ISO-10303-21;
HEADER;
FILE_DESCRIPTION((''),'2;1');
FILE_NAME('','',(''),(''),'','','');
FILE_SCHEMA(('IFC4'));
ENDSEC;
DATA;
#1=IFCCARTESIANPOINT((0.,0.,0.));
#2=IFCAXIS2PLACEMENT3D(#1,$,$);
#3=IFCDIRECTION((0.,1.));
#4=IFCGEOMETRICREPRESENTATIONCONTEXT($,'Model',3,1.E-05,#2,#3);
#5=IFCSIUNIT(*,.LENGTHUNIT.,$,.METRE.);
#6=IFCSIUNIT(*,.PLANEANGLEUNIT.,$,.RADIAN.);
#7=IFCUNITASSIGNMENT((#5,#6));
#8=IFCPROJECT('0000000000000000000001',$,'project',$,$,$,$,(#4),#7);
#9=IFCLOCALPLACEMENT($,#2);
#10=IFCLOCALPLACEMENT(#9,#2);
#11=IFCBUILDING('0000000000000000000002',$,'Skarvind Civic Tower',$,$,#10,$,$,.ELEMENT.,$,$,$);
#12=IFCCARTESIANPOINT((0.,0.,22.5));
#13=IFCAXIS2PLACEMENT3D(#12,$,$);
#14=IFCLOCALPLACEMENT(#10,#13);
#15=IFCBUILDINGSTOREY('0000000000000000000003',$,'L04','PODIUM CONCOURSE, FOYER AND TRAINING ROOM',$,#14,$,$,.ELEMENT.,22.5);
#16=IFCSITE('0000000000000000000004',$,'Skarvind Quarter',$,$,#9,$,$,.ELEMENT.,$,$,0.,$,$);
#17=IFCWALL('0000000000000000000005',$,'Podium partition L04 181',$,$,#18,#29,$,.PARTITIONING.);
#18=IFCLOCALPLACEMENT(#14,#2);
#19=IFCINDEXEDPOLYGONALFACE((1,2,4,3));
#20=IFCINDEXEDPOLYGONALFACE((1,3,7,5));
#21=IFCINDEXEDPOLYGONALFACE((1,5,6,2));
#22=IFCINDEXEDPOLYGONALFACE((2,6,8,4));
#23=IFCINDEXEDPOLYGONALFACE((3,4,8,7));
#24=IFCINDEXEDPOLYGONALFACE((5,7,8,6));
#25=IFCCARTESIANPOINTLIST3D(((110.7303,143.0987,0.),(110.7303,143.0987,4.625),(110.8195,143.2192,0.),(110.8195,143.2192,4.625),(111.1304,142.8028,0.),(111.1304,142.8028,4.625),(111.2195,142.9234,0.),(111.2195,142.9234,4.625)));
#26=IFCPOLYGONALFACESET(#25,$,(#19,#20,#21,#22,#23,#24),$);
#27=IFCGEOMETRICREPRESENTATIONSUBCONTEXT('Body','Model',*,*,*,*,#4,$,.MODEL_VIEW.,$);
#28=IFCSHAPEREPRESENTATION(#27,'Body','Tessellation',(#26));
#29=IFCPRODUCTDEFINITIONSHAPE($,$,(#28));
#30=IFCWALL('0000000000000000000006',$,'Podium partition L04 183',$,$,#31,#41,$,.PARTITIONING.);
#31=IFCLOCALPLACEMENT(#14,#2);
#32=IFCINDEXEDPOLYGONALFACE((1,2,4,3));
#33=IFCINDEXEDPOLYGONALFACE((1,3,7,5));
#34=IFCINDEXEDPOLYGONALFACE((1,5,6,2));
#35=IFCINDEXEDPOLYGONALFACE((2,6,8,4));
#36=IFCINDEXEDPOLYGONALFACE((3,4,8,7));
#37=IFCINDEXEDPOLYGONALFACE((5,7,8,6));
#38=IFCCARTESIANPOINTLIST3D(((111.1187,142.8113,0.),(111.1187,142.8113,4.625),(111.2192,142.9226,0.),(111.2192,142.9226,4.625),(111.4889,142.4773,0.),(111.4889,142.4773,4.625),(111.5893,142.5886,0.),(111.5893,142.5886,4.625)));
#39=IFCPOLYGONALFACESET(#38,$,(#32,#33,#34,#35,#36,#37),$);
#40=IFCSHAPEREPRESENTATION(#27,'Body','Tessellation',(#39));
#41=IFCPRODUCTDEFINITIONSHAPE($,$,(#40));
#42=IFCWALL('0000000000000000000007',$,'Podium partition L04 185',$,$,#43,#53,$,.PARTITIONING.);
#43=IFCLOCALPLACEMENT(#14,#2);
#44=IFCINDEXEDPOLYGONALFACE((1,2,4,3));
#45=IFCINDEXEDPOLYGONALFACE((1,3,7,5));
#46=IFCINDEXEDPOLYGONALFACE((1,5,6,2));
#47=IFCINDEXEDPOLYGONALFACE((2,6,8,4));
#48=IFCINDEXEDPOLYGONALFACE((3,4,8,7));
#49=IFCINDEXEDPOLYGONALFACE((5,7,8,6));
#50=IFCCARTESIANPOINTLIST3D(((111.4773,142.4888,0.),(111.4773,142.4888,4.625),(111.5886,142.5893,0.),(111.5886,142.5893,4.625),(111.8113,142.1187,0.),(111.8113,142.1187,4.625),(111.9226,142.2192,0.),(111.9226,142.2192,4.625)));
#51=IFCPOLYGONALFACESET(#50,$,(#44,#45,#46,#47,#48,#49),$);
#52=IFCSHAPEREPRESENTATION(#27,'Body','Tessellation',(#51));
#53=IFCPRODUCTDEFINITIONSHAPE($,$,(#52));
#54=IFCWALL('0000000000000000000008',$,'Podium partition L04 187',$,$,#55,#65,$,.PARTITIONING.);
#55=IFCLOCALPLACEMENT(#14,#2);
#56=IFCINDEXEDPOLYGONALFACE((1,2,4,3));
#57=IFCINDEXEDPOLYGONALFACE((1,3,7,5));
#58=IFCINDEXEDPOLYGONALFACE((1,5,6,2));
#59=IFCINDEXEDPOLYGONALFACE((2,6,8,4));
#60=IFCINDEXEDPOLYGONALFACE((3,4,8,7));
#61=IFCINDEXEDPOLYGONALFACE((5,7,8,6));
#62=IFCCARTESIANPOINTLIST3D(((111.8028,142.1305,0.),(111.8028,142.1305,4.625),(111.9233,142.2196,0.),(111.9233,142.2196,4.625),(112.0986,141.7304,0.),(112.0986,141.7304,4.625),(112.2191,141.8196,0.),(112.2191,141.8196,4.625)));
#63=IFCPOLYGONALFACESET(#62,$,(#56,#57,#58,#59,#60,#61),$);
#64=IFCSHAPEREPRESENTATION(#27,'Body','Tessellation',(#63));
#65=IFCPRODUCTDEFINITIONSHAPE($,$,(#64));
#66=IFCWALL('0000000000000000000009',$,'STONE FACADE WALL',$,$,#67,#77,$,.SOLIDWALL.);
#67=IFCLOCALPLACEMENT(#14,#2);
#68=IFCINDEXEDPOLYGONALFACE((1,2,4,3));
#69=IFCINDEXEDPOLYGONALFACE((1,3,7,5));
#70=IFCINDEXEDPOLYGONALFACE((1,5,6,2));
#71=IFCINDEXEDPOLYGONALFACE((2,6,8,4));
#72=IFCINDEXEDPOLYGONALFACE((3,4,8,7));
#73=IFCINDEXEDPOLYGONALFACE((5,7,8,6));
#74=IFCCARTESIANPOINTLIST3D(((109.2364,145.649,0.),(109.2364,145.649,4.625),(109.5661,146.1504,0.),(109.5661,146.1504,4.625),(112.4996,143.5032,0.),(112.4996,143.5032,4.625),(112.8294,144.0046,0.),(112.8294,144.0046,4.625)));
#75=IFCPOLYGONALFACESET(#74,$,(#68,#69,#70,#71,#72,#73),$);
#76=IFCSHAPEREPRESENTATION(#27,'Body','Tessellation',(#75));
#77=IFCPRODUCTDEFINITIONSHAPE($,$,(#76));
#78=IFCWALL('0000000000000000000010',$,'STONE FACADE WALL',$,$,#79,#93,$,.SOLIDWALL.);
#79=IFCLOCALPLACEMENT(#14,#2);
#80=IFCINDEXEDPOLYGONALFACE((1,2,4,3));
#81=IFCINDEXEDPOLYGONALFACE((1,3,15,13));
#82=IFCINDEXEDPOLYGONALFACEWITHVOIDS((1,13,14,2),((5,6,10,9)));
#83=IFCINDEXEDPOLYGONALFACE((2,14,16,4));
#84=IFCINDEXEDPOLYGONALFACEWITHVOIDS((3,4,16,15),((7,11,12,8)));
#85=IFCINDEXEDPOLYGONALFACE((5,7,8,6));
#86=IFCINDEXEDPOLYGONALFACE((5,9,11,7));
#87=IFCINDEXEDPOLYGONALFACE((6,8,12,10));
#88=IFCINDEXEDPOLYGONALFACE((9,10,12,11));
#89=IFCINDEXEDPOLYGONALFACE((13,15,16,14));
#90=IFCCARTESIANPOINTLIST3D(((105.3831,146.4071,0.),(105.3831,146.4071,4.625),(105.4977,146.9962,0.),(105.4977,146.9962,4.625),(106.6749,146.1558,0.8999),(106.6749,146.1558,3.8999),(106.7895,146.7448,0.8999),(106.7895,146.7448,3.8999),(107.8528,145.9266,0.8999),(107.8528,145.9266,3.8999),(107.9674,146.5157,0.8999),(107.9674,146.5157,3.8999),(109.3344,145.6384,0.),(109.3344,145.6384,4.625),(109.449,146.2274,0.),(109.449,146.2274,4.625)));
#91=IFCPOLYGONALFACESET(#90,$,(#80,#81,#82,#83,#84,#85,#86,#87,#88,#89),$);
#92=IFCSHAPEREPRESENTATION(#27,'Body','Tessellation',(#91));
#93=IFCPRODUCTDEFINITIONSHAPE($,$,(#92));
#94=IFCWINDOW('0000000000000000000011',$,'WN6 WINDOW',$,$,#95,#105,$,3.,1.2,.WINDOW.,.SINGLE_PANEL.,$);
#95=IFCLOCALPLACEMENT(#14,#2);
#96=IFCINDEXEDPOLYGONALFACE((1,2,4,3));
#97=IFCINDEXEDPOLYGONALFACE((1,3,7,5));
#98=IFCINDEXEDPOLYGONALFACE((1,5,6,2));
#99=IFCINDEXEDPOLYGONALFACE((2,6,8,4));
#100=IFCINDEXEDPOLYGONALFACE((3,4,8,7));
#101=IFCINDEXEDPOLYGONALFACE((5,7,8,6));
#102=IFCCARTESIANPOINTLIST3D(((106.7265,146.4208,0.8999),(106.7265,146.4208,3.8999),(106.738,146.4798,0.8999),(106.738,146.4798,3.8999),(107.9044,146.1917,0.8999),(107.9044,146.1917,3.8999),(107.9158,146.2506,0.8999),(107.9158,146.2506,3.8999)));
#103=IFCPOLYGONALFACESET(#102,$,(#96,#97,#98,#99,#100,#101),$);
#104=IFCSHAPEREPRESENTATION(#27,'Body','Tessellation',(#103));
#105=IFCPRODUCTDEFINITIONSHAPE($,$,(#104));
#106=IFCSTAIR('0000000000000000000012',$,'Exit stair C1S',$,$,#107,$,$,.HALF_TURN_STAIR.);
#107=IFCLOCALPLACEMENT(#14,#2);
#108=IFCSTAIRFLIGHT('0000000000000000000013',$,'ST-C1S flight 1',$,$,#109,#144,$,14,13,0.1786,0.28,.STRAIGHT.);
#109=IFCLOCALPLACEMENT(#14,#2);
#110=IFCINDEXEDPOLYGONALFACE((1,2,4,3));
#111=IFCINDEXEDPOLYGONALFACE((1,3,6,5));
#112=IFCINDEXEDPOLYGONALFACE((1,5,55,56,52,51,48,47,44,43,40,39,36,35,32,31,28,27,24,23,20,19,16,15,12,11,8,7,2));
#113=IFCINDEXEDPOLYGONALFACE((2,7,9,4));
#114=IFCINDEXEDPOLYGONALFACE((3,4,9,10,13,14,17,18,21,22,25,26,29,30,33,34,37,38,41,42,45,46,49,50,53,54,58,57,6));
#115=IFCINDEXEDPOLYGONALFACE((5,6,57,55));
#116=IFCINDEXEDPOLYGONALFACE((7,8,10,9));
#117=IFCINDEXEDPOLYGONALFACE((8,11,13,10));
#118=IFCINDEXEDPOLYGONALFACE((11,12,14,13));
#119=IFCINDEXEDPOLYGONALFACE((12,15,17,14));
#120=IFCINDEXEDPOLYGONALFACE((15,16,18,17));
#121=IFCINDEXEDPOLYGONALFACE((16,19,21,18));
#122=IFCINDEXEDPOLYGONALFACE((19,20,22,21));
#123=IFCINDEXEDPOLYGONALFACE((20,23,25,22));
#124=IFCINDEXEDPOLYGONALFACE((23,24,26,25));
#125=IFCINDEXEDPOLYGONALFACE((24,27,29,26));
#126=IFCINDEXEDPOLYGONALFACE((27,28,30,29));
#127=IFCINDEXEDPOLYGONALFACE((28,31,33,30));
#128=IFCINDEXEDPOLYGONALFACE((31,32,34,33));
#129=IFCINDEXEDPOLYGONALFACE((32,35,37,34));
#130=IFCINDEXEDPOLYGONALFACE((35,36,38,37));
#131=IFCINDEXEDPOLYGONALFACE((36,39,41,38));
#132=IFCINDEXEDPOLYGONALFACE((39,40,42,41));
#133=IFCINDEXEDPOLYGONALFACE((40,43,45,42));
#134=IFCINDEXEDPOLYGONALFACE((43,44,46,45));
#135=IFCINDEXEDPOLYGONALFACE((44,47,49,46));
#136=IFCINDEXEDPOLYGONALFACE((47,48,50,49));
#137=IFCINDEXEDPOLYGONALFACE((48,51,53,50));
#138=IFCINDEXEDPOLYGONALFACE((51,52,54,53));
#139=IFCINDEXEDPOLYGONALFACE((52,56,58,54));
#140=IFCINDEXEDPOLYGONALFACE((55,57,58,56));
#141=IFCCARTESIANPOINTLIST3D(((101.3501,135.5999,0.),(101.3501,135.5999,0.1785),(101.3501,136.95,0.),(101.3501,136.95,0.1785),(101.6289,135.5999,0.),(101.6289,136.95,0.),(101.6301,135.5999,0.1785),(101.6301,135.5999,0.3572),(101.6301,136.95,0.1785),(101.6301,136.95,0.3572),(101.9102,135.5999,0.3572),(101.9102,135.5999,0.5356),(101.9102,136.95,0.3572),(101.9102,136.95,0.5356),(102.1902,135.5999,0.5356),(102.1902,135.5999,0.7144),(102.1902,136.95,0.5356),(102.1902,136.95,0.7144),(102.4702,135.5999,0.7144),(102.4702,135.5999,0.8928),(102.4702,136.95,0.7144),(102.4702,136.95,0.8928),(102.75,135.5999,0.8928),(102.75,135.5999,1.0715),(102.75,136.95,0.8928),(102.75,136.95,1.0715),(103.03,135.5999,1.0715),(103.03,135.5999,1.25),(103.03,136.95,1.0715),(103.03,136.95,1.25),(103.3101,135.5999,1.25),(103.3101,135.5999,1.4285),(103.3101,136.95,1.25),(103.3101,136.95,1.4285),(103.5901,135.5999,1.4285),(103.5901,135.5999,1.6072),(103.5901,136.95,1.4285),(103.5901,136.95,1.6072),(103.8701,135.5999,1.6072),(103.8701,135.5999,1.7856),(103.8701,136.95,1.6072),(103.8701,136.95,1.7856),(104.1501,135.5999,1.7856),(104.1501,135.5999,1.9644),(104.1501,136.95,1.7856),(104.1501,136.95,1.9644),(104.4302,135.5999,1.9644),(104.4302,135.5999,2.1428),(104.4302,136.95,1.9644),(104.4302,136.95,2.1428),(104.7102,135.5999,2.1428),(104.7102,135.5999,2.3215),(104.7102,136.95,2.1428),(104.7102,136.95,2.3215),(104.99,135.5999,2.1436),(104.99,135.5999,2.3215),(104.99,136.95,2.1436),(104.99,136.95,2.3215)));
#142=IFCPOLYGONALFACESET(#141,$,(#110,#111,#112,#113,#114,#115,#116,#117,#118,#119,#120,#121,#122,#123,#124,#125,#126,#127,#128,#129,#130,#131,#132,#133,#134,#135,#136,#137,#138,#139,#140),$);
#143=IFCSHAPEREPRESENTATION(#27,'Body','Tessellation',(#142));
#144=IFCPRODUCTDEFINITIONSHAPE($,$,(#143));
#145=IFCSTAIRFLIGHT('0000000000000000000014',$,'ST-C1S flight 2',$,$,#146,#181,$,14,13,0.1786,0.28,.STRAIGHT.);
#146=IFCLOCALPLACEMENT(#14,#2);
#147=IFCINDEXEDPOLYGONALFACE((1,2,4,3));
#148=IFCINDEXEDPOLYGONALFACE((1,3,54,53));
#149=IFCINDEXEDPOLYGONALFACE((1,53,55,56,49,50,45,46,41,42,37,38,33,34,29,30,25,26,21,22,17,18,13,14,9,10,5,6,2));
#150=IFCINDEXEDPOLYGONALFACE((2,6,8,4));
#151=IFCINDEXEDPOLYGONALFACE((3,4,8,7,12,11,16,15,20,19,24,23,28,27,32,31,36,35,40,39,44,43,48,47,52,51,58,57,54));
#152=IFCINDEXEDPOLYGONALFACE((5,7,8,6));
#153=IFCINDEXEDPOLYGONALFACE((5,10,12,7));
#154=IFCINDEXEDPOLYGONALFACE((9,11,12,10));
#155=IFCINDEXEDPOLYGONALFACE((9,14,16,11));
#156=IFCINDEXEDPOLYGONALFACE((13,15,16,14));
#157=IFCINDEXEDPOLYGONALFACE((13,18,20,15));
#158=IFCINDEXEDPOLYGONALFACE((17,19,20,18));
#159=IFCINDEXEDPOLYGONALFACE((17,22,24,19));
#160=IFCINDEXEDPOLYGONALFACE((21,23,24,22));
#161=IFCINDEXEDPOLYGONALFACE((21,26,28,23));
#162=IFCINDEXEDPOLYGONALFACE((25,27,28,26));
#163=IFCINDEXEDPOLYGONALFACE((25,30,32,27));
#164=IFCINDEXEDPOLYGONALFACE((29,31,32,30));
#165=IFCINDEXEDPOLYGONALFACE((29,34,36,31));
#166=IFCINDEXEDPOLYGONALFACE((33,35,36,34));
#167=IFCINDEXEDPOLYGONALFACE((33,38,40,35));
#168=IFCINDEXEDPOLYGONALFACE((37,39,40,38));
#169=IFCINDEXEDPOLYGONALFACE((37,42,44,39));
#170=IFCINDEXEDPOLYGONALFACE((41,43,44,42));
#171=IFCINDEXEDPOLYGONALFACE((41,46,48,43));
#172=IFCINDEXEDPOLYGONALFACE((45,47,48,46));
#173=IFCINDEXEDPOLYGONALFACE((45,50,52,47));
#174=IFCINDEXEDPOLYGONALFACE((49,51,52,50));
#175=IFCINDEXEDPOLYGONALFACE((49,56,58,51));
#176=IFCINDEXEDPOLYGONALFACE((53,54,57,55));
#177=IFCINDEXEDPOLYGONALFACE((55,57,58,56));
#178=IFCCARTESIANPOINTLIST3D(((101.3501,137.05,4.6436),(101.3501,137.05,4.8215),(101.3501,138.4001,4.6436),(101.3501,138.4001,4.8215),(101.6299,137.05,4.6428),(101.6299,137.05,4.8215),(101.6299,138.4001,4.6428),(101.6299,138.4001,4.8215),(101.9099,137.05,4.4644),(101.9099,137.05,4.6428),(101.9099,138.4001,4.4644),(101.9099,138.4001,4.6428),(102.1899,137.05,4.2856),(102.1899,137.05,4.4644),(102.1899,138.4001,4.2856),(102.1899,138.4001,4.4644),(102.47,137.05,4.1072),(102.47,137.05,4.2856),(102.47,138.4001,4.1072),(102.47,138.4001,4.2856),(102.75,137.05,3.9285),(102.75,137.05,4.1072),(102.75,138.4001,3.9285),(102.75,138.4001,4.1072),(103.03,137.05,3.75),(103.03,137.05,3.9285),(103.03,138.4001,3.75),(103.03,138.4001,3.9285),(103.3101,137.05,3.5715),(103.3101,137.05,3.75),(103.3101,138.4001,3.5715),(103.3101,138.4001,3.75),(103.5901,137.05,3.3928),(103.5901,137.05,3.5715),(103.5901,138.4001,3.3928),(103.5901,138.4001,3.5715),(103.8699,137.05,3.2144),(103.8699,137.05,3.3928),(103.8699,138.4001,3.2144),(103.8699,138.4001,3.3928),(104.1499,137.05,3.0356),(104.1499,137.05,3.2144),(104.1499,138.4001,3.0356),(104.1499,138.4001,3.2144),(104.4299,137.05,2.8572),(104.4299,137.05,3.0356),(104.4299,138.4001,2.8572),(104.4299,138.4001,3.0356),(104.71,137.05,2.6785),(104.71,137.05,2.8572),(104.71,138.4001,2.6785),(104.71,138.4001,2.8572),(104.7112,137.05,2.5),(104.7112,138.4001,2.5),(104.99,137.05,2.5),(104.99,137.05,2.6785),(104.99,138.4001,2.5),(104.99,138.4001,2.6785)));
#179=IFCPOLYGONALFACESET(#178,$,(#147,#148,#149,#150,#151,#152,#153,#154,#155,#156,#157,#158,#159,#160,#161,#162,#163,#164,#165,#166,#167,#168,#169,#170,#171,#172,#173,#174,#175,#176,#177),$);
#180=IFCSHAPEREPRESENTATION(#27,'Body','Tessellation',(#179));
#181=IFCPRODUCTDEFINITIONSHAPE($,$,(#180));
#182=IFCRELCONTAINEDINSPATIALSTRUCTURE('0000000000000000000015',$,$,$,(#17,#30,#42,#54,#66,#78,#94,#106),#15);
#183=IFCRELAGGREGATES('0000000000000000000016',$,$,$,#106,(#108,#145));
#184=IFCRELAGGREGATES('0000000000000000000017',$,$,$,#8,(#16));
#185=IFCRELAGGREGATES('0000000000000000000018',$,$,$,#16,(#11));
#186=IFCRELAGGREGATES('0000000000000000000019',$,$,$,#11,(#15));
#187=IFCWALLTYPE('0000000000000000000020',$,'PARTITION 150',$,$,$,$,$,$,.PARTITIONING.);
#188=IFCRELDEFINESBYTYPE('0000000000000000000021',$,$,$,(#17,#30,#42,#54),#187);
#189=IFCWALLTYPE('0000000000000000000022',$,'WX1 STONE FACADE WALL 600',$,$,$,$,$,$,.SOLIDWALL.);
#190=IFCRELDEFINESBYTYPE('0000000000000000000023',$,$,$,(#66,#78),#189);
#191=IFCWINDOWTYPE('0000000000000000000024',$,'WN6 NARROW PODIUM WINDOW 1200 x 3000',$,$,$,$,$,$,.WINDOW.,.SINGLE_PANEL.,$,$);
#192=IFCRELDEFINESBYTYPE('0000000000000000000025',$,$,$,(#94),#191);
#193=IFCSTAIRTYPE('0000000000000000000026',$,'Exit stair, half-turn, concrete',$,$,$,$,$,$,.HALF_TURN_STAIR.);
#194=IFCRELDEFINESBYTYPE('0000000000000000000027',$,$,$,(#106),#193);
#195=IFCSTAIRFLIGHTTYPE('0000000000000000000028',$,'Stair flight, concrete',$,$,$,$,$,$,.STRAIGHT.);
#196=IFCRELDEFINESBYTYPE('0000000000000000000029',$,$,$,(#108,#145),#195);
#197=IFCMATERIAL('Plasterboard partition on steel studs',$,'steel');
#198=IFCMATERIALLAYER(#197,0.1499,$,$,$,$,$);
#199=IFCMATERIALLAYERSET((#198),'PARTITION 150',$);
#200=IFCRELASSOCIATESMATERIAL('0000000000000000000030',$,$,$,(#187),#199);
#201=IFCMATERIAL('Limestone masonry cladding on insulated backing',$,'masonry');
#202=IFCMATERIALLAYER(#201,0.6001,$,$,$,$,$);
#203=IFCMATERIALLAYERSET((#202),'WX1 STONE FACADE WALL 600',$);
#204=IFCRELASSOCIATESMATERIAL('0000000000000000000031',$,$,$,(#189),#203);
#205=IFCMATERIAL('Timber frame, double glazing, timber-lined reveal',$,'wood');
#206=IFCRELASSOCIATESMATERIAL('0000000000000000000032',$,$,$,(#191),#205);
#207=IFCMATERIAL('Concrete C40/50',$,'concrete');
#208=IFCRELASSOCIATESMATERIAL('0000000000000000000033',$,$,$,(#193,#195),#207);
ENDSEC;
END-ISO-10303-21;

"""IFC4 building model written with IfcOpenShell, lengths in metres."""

from ifc_helpers import new_model, si_unit, direction, frame, frame_2d, origin, place, context, subcontext, project, spatial, polyline, rectangle, outline, extrude, material, layer, layer_set, type_object, element, fill, aggregate, save


model = new_model("IFC4")

# Units and contexts
model_context = context("Model", 3, precision=1e-05, world=origin(), true_north=direction((0.0, 1.0)))
body_context = subcontext(model_context, "Body", "Model", "MODEL_VIEW")
ifc_project = project(units=[si_unit("LENGTHUNIT", "METRE"), si_unit("PLANEANGLEUNIT", "RADIAN")], contexts=[model_context])

# Site, building, storey
site_placement = place(None, origin())
site = spatial("IfcSite", under=ifc_project, at=site_placement, Name="Skarvind Quarter", CompositionType="ELEMENT", RefElevation=0.0)
building_placement = place(site_placement, origin())
building = spatial("IfcBuilding", under=site, at=building_placement, Name="Skarvind Civic Tower", CompositionType="ELEMENT")
storey_placement = place(building_placement, frame((0.0, 0.0, 22.5)))
storey = spatial("IfcBuildingStorey", under=building, at=storey_placement, Name="L04", Description="PODIUM CONCOURSE, FOYER AND TRAINING ROOM", CompositionType="ELEMENT", Elevation=22.5)

# Walls
ifc_material_1 = material(Name="Plasterboard partition on steel studs", Category="steel")
ifc_layer_1 = layer(ifc_material_1, 0.1499)
ifc_layer_set_1 = layer_set([ifc_layer_1], Name="PARTITION 150")
wall_type_1 = type_object("IfcWallType", Name="PARTITION 150", PredefinedType="PARTITIONING", material=ifc_layer_set_1)
wall_1_placement = place(storey_placement, frame((110.7749, 143.1589, 0.0), z_axis=(0.0, 0.0, 1.0), x_axis=(0.804044, -0.59457, 0.0)))
element("IfcWall", 1, at=wall_1_placement, inside=storey, type_object=wall_type_1, Name="Podium partition L04 181", PredefinedType="PARTITIONING", context=body_context, shape_type="SweptSolid", body=[
    extrude(rectangle(XDim=0.4976, YDim=0.1499, at=frame_2d((0.2488, 0.0))), origin(), (0.0, 0.0, 1.0), 4.625),
])
for number, where, z_axis, x_axis, name in (
    (2, (111.1689, 142.8669, 0.0), (0.0, 0.0, 1.0), (0.742417, -0.669938, 0.0), "Podium partition L04 183"),
    (3, (111.533, 142.5391, 0.0), (0.0, 0.0, 1.0), (0.669938, -0.742417, 0.0), "Podium partition L04 185"),
):
    element("IfcWall", number, at=place(storey_placement, frame(where, z_axis=z_axis, x_axis=x_axis)), inside=storey, type_object=wall_type_1, Name=name, PredefinedType="PARTITIONING", context=body_context, shape_type="SweptSolid", body=[
        extrude(rectangle(XDim=0.4985, YDim=0.1499, at=frame_2d((0.2493, 0.0))), origin(), (0.0, 0.0, 1.0), 4.625),
    ])
wall_2_placement = place(storey_placement, frame((111.863, 142.175, 0.0), z_axis=(0.0, 0.0, 1.0), x_axis=(0.59457, -0.804044, 0.0)))
element("IfcWall", 4, at=wall_2_placement, inside=storey, type_object=wall_type_1, Name="Podium partition L04 187", PredefinedType="PARTITIONING", context=body_context, shape_type="SweptSolid", body=[
    extrude(rectangle(XDim=0.4976, YDim=0.1499, at=frame_2d((0.2488, 0.0))), origin(), (0.0, 0.0, 1.0), 4.625),
])
ifc_material_2 = material(Name="Limestone masonry cladding on insulated backing", Category="masonry")
ifc_layer_2 = layer(ifc_material_2, 0.6001)
ifc_layer_set_2 = layer_set([ifc_layer_2], Name="WX1 STONE FACADE WALL 600")
wall_type_2 = type_object("IfcWallType", Name="WX1 STONE FACADE WALL 600", PredefinedType="SOLIDWALL", material=ifc_layer_set_2)
wall_3_placement = place(storey_placement, frame((109.4014, 145.8997, 0.0), z_axis=(0.0, 0.0, 1.0), x_axis=(0.835544, -0.549424, 0.0)))
element("IfcWall", 5, at=wall_3_placement, inside=storey, type_object=wall_type_2, Name="STONE FACADE WALL", PredefinedType="SOLIDWALL", context=body_context, shape_type="SweptSolid", body=[
    extrude(rectangle(XDim=3.9055, YDim=0.6001, at=frame_2d((1.9526, 0.0))), origin(), (0.0, 0.0, 1.0), 4.625),
])

# Wall, opening, window
wall_4_placement = place(storey_placement, frame((105.4404, 146.7017, 0.0), z_axis=(0.0, 0.0, 1.0), x_axis=(0.981594, -0.190982, 0.0)))
wall_4 = element("IfcWall", 6, at=wall_4_placement, inside=storey, type_object=wall_type_2, Name="STONE FACADE WALL", PredefinedType="SOLIDWALL", context=body_context, shape_type="SweptSolid", body=[
    extrude(rectangle(XDim=4.0254, YDim=0.6001, at=frame_2d((2.0127, 0.0))), origin(), (0.0, 0.0, 1.0), 4.625),
])
opening_1_placement = place(wall_4_placement, frame((1.3159, 0.0, 0.8999)))
opening_1 = element("IfcOpeningElement", 7, at=opening_1_placement, cuts=wall_4, PredefinedType="OPENING", context=body_context, shape_type="SweptSolid", body=[
    extrude(rectangle(XDim=1.2, YDim=3.0, at=frame_2d((0.6001, 1.5))), frame((0.0, 0.3101, 0.0), z_axis=(0.0, -1.0, 0.0), x_axis=(1.0, 0.0, 0.0)), (0.0, 0.0, 1.0), 0.6201),
])
ifc_material_3 = material(Name="Timber frame, double glazing, timber-lined reveal", Category="wood")
window_type = type_object("IfcWindowType", Name="WN6 NARROW PODIUM WINDOW 1200 x 3000", PartitioningType="SINGLE_PANEL", PredefinedType="WINDOW", material=ifc_material_3)
window_placement = place(opening_1_placement, origin())
window = element("IfcWindow", 8, at=window_placement, inside=storey, type_object=window_type, Name="WN6 WINDOW", OverallHeight=3.0, OverallWidth=1.2, PartitioningType="SINGLE_PANEL", PredefinedType="WINDOW", context=body_context, shape_type="SweptSolid", body=[
    extrude(rectangle(XDim=1.2, YDim=3.0, at=frame_2d((0.6001, 1.5))), frame((0.0, 0.03, 0.0), z_axis=(0.0, -1.0, 0.0), x_axis=(1.0, 0.0, 0.0)), (0.0, 0.0, 1.0), 0.0601),
])
fill(opening_1, window)

# Stair, stair flights
ifc_material_4 = material(Name="Concrete C40/50", Category="concrete")
stair_type = type_object("IfcStairType", Name="Exit stair, half-turn, concrete", PredefinedType="HALF_TURN_STAIR", material=ifc_material_4)
stair_placement = place(storey_placement, origin())
stair = element("IfcStair", 9, at=stair_placement, inside=storey, type_object=stair_type, Name="Exit stair C1S", PredefinedType="HALF_TURN_STAIR")
stair_flight_type = type_object("IfcStairFlightType", Name="Stair flight, concrete", PredefinedType="STRAIGHT", material=ifc_material_4)
stair_flight_1_placement = place(storey_placement, frame((101.3501, 136.2749, 0.0), z_axis=(0.0, 0.0, 1.0), x_axis=(1.0, 0.0, 0.0)))
stair_flight_1 = element("IfcStairFlight", 10, at=stair_flight_1_placement, type_object=stair_flight_type, Name="ST-C1S flight 1", NumberOfRisers=14, NumberOfTreads=13, PredefinedType="STRAIGHT", RiserHeight=0.1786, TreadLength=0.28, context=body_context, shape_type="SweptSolid", body=[
    extrude(outline(polyline([(0.0, 0.0), (0.0, 0.1785), (0.28, 0.1785), (0.28, 0.3572), (0.5601, 0.3572), (0.5601, 0.5356), (0.8401, 0.5356), (0.8401, 0.7144), (1.1201, 0.7144), (1.1201, 0.8928), (1.3999, 0.8928), (1.3999, 1.0715), (1.6799, 1.0715), (1.6799, 1.25), (1.96, 1.25), (1.96, 1.4285), (2.24, 1.4285), (2.24, 1.6072), (2.52, 1.6072), (2.52, 1.7856), (2.8, 1.7856), (2.8, 1.9644), (3.0801, 1.9644), (3.0801, 2.1428), (3.3601, 2.1428), (3.3601, 2.3215), (3.6399, 2.3215), (3.6399, 2.5), (3.6399, 2.1436), (0.2788, 0.0), (0.0, 0.0)])), frame((0.0, 0.675, 0.0), z_axis=(0.0, -1.0, 0.0), x_axis=(1.0, 0.0, 0.0)), (0.0, 0.0, 1.0), 1.3501),
])
stair_flight_2_placement = place(storey_placement, frame((104.99, 137.7251, 2.5), z_axis=(0.0, 0.0, 1.0), x_axis=(-1.0, 0.0, 0.0)))
stair_flight_2 = element("IfcStairFlight", 11, at=stair_flight_2_placement, type_object=stair_flight_type, Name="ST-C1S flight 2", NumberOfRisers=14, NumberOfTreads=13, PredefinedType="STRAIGHT", RiserHeight=0.1786, TreadLength=0.28, context=body_context, shape_type="SweptSolid", body=[
    extrude(outline(polyline([(0.0, 0.0), (0.0, 0.1785), (0.28, 0.1785), (0.28, 0.3572), (0.5601, 0.3572), (0.5601, 0.5356), (0.8401, 0.5356), (0.8401, 0.7144), (1.1201, 0.7144), (1.1201, 0.8928), (1.3999, 0.8928), (1.3999, 1.0715), (1.6799, 1.0715), (1.6799, 1.25), (1.96, 1.25), (1.96, 1.4285), (2.24, 1.4285), (2.24, 1.6072), (2.52, 1.6072), (2.52, 1.7856), (2.8, 1.7856), (2.8, 1.9644), (3.0801, 1.9644), (3.0801, 2.1428), (3.3601, 2.1428), (3.3601, 2.3215), (3.6399, 2.3215), (3.6399, 2.5), (3.6399, 2.1436), (0.2788, 0.0), (0.0, 0.0)])), frame((0.0, 0.675, 0.0), z_axis=(0.0, -1.0, 0.0), x_axis=(1.0, 0.0, 0.0)), (0.0, 0.0, 1.0), 1.3501),
])
aggregate(stair, [stair_flight_1, stair_flight_2])

save(model, "model.ifc")
